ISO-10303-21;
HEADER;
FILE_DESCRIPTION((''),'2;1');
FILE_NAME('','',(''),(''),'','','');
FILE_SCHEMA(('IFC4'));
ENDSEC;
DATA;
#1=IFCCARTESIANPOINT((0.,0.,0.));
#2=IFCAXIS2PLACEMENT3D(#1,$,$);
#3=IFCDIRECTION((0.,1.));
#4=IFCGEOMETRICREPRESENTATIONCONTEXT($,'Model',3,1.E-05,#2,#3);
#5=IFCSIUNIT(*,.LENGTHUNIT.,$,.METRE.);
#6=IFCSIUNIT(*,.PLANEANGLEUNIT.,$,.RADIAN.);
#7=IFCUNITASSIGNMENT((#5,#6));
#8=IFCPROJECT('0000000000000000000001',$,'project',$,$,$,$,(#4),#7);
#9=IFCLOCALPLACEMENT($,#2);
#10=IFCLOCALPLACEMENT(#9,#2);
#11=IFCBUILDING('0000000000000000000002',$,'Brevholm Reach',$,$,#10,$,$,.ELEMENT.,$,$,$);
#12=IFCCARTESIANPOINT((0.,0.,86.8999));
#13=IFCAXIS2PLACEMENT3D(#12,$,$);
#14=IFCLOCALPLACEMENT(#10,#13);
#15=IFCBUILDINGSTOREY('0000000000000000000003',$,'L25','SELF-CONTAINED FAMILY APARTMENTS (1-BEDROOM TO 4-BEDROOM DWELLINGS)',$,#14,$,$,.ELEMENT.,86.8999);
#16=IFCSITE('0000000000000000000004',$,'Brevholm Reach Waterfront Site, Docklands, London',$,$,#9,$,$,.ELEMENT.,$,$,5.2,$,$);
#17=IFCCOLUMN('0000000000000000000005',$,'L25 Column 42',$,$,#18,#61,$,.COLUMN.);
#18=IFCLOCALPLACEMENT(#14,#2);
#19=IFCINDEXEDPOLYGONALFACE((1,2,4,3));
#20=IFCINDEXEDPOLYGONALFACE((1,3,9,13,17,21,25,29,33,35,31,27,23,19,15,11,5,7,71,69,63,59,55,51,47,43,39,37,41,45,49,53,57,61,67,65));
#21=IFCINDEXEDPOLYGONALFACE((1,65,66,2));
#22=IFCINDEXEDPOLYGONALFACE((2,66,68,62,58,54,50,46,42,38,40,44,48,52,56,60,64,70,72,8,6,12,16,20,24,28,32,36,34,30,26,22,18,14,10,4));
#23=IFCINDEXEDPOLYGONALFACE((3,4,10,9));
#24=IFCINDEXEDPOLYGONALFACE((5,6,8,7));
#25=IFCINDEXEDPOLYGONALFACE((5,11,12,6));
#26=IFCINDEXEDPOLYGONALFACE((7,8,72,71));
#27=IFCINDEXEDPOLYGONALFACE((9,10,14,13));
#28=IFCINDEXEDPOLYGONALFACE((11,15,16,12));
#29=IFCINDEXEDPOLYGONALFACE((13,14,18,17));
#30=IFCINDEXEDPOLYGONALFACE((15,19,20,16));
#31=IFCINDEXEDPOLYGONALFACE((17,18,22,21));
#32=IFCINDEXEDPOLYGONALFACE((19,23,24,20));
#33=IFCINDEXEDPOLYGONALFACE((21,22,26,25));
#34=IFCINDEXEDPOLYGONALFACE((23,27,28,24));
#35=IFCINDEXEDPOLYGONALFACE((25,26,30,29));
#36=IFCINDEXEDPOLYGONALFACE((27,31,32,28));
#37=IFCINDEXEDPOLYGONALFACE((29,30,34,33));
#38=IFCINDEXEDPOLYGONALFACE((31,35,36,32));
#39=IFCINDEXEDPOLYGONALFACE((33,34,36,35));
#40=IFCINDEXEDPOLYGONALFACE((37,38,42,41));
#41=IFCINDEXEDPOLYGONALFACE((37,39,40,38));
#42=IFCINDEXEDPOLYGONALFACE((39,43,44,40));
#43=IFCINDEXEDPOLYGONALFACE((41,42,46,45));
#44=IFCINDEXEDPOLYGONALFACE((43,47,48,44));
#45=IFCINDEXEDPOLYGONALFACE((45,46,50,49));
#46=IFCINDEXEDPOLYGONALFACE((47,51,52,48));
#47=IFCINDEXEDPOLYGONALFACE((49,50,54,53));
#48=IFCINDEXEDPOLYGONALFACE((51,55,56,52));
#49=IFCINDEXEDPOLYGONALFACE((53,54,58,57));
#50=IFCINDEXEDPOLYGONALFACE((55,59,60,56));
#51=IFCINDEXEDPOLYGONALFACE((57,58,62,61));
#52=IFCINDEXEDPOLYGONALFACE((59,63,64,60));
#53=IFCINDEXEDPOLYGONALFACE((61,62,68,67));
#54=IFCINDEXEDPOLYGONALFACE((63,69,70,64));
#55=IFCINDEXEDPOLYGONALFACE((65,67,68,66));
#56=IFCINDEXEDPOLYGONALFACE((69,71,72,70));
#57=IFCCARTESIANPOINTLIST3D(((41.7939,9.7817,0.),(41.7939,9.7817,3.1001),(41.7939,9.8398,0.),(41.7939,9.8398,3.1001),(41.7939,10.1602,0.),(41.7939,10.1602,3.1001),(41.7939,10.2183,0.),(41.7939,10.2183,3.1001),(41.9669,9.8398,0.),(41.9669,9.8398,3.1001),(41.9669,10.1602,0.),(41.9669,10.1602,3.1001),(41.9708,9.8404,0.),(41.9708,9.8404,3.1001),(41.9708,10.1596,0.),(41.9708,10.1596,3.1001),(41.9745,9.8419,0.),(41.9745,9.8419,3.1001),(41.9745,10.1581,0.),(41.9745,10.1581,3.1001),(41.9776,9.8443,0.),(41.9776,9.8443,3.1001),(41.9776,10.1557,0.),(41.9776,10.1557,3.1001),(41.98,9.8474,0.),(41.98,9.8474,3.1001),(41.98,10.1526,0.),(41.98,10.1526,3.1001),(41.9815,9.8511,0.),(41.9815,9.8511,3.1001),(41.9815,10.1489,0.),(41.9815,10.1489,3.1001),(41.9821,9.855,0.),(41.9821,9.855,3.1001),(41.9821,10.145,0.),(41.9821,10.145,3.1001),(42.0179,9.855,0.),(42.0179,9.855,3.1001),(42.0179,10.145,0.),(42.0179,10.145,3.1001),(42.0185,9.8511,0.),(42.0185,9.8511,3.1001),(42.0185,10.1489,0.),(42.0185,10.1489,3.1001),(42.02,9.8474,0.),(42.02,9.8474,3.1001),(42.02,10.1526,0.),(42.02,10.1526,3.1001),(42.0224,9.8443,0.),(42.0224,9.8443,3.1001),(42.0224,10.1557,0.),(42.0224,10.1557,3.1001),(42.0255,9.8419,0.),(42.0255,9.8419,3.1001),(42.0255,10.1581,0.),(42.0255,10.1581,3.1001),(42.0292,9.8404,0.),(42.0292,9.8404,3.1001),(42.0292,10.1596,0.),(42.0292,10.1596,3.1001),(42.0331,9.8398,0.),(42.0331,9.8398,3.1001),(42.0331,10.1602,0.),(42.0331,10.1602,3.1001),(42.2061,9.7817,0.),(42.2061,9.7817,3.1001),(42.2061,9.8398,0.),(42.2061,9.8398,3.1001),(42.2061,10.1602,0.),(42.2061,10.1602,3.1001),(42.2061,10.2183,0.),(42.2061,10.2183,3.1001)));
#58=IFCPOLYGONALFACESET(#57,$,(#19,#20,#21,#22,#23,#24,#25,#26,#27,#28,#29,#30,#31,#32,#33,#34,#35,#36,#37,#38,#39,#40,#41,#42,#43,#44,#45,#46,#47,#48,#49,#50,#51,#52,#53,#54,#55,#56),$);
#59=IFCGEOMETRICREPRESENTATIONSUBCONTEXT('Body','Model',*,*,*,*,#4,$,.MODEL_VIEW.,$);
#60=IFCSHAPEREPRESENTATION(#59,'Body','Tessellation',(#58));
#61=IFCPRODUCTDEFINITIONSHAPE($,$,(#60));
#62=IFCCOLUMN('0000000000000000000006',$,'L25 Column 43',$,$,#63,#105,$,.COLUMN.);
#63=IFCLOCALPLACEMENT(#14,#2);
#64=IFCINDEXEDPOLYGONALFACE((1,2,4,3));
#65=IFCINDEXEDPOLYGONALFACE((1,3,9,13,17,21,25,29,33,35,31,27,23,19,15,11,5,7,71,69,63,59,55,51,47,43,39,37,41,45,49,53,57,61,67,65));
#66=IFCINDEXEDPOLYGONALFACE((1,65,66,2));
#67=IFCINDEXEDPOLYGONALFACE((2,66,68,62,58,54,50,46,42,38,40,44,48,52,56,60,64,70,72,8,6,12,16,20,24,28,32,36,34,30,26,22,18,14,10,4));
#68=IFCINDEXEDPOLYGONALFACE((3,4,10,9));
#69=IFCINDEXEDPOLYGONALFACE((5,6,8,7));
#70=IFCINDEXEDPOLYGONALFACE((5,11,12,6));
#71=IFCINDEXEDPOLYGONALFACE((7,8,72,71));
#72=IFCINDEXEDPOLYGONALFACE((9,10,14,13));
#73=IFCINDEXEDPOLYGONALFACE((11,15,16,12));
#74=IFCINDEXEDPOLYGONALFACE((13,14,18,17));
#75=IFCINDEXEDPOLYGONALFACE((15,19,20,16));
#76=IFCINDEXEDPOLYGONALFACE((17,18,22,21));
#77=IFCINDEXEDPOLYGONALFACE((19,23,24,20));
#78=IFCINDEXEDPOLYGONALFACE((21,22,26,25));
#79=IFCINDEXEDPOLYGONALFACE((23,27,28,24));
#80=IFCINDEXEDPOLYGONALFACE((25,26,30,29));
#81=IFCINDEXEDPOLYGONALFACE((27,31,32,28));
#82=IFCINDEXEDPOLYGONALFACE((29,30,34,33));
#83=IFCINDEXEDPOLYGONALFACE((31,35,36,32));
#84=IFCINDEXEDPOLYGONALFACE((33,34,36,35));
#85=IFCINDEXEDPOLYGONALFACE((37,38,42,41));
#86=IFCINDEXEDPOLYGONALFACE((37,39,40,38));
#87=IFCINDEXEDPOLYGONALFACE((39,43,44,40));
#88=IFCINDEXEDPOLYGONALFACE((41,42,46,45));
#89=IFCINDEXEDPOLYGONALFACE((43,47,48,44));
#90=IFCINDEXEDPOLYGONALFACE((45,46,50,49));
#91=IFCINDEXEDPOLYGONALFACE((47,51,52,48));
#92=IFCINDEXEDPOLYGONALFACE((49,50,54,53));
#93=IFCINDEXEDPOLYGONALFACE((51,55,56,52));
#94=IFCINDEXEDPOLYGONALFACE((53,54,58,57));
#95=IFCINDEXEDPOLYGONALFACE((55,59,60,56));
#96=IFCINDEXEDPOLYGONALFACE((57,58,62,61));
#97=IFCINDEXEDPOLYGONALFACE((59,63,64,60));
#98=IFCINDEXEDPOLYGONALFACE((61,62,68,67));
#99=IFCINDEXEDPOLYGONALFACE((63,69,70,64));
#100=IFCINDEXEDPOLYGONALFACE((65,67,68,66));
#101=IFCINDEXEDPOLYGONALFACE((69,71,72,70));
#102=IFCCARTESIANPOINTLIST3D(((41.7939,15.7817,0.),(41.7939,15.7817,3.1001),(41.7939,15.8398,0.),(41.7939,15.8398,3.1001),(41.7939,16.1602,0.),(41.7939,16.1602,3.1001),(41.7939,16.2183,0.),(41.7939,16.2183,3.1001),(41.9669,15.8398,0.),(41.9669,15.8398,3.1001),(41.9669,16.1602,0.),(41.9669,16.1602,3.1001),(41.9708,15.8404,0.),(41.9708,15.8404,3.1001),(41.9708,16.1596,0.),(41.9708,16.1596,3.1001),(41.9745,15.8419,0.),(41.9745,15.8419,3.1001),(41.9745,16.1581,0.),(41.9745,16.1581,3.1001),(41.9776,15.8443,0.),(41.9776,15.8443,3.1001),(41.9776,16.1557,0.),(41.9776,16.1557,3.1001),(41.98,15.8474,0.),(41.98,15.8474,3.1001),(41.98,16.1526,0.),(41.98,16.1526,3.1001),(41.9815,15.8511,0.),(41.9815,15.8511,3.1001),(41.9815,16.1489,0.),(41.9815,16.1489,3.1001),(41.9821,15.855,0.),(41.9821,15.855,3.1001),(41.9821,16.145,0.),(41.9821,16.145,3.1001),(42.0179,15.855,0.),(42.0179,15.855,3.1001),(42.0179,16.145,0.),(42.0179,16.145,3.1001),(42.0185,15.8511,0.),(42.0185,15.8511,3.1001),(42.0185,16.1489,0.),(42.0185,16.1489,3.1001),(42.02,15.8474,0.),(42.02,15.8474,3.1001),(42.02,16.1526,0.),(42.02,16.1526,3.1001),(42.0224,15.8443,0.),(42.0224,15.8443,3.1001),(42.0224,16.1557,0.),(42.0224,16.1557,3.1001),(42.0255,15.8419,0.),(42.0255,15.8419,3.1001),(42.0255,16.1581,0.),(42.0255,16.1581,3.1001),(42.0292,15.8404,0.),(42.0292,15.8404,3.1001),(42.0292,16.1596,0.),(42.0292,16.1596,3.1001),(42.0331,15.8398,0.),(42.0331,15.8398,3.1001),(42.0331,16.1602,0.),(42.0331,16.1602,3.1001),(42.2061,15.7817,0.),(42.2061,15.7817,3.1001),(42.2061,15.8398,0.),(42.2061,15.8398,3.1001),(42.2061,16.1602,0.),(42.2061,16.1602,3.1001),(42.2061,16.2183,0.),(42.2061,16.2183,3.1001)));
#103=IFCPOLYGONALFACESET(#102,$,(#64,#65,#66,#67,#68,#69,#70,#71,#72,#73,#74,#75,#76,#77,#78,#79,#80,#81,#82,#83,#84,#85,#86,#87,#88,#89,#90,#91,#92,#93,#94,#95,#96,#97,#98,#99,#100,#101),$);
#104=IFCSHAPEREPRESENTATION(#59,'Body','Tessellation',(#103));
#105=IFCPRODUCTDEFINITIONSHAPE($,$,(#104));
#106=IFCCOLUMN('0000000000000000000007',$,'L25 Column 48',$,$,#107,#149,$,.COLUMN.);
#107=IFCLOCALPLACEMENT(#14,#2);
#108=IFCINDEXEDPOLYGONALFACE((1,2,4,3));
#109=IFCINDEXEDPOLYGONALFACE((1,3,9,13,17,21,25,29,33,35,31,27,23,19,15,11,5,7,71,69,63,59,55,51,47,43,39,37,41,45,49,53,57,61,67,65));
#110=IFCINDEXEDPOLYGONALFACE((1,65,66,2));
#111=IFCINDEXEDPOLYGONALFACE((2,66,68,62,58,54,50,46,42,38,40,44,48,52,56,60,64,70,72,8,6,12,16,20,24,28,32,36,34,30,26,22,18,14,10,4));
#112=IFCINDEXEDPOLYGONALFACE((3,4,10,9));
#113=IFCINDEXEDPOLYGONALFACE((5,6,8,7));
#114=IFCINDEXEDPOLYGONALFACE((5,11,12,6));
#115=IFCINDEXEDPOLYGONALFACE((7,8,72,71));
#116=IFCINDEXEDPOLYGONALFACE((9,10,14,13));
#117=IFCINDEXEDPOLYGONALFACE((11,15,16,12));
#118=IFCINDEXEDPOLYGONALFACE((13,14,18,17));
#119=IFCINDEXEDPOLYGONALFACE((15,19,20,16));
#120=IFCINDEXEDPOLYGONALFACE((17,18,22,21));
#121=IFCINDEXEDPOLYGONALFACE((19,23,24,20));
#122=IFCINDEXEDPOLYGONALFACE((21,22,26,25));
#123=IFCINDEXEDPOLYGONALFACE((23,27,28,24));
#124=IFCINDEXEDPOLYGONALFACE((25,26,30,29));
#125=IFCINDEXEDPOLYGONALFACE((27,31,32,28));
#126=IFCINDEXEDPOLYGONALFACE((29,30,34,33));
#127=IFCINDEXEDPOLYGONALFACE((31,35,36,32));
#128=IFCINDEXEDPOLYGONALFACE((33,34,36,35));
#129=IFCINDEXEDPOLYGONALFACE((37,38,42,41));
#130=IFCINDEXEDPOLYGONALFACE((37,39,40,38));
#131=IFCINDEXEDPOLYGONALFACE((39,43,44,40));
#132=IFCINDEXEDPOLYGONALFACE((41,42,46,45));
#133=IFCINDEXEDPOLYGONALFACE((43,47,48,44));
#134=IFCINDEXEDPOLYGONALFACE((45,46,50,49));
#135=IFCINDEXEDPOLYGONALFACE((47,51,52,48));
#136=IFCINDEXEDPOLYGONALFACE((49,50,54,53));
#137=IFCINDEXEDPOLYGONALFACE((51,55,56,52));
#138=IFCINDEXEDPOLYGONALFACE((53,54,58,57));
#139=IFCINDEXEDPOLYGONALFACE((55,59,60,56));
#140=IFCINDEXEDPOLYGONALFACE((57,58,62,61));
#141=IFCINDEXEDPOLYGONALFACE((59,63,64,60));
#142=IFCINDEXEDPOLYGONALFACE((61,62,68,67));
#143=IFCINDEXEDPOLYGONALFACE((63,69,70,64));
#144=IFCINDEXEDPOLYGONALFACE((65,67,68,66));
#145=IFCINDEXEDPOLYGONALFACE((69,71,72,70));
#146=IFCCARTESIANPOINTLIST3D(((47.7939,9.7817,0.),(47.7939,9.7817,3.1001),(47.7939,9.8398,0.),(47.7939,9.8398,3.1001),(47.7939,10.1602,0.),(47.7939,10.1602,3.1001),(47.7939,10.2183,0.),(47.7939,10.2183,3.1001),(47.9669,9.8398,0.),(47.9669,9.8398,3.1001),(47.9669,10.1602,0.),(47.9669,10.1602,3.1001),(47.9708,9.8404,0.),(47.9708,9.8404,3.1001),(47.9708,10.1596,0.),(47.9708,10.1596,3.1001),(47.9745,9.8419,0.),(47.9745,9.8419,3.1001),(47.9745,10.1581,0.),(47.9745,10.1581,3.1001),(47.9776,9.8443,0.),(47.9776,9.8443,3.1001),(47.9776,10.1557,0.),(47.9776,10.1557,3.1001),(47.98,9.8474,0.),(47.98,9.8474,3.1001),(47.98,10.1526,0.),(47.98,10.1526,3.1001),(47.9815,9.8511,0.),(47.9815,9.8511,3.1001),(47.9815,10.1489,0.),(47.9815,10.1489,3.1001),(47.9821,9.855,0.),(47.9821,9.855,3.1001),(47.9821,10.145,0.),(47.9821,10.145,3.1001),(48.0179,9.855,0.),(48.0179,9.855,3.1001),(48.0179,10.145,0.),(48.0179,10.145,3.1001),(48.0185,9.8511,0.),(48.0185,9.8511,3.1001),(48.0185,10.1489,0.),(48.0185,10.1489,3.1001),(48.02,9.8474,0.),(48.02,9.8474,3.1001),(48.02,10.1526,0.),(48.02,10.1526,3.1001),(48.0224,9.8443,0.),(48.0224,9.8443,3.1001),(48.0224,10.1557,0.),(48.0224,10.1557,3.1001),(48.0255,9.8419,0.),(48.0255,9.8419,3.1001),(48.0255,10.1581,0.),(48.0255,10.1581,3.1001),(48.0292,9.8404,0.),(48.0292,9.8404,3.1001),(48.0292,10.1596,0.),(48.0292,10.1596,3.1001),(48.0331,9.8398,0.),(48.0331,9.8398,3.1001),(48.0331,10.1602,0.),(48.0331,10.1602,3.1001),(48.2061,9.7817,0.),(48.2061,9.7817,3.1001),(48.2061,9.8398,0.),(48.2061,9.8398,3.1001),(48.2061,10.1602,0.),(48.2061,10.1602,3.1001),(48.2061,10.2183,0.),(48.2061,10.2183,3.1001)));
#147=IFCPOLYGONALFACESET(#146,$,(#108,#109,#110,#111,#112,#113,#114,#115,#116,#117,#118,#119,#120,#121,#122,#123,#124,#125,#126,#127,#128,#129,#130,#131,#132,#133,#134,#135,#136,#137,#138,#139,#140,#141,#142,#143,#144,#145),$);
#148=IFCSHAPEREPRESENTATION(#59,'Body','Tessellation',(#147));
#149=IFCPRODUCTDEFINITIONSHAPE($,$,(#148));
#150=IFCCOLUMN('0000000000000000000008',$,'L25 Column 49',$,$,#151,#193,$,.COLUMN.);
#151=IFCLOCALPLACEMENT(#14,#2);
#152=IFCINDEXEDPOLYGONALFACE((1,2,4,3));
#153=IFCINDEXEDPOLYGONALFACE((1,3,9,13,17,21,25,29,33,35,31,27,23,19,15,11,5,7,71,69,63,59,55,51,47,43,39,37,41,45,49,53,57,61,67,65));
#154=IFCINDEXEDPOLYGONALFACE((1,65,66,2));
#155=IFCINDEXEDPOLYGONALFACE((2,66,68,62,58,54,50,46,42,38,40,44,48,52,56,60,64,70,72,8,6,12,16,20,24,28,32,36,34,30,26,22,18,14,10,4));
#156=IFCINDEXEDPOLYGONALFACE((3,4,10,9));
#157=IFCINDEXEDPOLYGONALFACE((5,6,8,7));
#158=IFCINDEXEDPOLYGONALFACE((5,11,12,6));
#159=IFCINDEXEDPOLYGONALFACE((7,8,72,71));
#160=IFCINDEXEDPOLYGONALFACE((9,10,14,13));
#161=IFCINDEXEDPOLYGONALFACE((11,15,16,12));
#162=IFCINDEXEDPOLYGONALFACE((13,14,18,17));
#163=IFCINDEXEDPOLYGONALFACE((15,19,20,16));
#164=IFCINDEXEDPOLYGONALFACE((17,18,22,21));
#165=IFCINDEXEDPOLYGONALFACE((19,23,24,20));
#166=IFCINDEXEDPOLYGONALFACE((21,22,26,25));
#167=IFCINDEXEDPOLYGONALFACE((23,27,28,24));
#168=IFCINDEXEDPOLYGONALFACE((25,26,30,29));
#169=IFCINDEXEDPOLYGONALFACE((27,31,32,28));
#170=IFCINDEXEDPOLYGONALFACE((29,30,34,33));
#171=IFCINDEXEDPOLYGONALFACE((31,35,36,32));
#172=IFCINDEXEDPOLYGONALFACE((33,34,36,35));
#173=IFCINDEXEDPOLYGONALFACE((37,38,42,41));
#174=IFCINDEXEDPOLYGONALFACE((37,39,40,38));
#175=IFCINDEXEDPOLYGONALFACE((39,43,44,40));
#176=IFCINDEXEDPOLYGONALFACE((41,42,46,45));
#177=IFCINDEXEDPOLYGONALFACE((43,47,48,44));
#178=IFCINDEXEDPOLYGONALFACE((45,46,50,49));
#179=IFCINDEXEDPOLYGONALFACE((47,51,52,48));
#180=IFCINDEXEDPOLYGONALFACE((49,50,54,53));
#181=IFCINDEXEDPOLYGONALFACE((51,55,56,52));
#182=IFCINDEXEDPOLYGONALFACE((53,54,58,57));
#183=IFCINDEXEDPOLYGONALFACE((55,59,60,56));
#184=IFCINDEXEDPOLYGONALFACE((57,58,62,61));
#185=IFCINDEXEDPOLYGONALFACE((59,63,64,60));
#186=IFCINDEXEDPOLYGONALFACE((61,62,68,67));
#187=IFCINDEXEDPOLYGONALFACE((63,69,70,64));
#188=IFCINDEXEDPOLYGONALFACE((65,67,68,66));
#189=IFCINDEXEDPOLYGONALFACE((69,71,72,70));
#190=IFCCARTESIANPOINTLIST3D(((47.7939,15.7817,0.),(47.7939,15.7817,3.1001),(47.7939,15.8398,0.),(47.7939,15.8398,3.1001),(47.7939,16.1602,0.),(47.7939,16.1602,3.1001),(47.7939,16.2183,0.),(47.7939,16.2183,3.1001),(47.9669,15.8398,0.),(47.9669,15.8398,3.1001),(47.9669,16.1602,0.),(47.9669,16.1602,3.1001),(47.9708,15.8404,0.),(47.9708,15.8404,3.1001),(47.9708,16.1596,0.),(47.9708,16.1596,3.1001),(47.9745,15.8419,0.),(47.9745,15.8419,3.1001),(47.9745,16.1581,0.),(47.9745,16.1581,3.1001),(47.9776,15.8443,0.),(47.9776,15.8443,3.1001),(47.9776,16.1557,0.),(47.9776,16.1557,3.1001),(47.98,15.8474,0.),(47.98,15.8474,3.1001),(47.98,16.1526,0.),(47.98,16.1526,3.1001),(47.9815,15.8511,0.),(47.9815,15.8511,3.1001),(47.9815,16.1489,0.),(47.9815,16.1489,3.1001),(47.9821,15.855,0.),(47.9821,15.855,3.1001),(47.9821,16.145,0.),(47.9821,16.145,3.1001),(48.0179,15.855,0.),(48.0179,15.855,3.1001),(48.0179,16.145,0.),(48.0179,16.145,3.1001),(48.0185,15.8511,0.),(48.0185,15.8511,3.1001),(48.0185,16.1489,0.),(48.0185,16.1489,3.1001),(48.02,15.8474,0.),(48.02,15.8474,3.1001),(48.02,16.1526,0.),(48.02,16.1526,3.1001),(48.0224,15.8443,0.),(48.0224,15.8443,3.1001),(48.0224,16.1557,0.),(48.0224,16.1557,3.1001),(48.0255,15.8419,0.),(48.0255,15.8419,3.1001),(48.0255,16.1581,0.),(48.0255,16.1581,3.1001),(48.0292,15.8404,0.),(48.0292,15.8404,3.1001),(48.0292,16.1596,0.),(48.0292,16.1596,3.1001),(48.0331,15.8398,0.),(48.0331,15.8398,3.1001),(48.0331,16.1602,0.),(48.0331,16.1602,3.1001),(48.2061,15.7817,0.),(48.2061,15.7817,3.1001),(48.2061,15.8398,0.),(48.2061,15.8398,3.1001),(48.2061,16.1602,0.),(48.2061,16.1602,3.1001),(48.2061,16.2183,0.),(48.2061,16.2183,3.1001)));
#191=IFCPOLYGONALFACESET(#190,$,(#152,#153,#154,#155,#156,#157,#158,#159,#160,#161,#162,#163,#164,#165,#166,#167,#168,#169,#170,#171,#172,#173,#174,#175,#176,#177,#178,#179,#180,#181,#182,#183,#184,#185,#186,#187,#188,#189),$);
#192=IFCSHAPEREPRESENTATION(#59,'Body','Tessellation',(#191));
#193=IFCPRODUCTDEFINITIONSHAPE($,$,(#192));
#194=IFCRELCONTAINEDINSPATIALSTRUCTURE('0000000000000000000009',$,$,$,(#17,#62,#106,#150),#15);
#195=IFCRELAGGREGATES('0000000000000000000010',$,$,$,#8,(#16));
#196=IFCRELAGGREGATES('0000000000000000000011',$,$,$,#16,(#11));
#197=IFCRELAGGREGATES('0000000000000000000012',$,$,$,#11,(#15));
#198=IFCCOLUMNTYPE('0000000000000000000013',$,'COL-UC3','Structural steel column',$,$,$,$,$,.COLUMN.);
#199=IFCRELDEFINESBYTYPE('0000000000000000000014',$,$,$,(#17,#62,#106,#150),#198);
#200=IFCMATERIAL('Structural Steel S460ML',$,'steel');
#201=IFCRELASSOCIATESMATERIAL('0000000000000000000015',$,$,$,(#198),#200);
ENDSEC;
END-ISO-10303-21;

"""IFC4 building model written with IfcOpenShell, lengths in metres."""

from ifc_helpers import new_model, si_unit, direction, frame, origin, origin_2d, place, context, subcontext, project, spatial, i_section, extrude, material, material_profile, profile_set, type_object, element, save


model = new_model("IFC4")

# Units and contexts
model_context = context("Model", 3, precision=1e-05, world=origin(), true_north=direction((0.0, 1.0)))
body_context = subcontext(model_context, "Body", "Model", "MODEL_VIEW")
ifc_project = project(units=[si_unit("LENGTHUNIT", "METRE"), si_unit("PLANEANGLEUNIT", "RADIAN")], contexts=[model_context])

# Site, building, storey
site_placement = place(None, origin())
site = spatial("IfcSite", under=ifc_project, at=site_placement, Name="Brevholm Reach Waterfront Site, Docklands, London", CompositionType="ELEMENT", RefElevation=5.2)
building_placement = place(site_placement, origin())
building = spatial("IfcBuilding", under=site, at=building_placement, Name="Brevholm Reach", CompositionType="ELEMENT")
storey_placement = place(building_placement, frame((0.0, 0.0, 86.8999)))
storey = spatial("IfcBuildingStorey", under=building, at=storey_placement, Name="L25", Description="SELF-CONTAINED FAMILY APARTMENTS (1-BEDROOM TO 4-BEDROOM DWELLINGS)", CompositionType="ELEMENT", Elevation=86.8999)

# Columns
ifc_material_1 = material(Name="Structural Steel S460ML", Category="steel")
ifc_material_profile_1 = material_profile(ifc_material_1, i_section(OverallWidth=0.4121, OverallDepth=0.4365, WebThickness=0.0359, FlangeThickness=0.0581, FilletRadius=0.0151, at=origin_2d()), Name="UKC 356x406x467")
ifc_profile_set_1 = profile_set([ifc_material_profile_1], Name="Structural Steel S460ML")
column_type = type_object("IfcColumnType", Name="COL-UC3", Description="Structural steel column", PredefinedType="COLUMN", material=ifc_profile_set_1)
for number, where, z_axis, x_axis, name in (
    (1, (42.0, 10.0, 0.0), (0.0, 0.0, 1.0), (1.0, 0.0, 0.0), "L25 Column 42"),
    (2, (42.0, 16.0, 0.0), (0.0, 0.0, 1.0), (1.0, 0.0, 0.0), "L25 Column 43"),
    (3, (48.0, 10.0, 0.0), (0.0, 0.0, 1.0), (1.0, 0.0, 0.0), "L25 Column 48"),
    (4, (48.0, 16.0, 0.0), (0.0, 0.0, 1.0), (1.0, 0.0, 0.0), "L25 Column 49"),
):
    element("IfcColumn", number, at=place(storey_placement, frame(where, z_axis=z_axis, x_axis=x_axis)), inside=storey, type_object=column_type, Name=name, PredefinedType="COLUMN", context=body_context, shape_type="SweptSolid", body=[
        extrude(i_section(OverallWidth=0.4121, OverallDepth=0.4365, WebThickness=0.0359, FlangeThickness=0.0581, FilletRadius=0.0151, at=origin_2d()), origin(), (0.0, 0.0, 1.0), 3.1001),
    ])

save(model, "model.ifc")
